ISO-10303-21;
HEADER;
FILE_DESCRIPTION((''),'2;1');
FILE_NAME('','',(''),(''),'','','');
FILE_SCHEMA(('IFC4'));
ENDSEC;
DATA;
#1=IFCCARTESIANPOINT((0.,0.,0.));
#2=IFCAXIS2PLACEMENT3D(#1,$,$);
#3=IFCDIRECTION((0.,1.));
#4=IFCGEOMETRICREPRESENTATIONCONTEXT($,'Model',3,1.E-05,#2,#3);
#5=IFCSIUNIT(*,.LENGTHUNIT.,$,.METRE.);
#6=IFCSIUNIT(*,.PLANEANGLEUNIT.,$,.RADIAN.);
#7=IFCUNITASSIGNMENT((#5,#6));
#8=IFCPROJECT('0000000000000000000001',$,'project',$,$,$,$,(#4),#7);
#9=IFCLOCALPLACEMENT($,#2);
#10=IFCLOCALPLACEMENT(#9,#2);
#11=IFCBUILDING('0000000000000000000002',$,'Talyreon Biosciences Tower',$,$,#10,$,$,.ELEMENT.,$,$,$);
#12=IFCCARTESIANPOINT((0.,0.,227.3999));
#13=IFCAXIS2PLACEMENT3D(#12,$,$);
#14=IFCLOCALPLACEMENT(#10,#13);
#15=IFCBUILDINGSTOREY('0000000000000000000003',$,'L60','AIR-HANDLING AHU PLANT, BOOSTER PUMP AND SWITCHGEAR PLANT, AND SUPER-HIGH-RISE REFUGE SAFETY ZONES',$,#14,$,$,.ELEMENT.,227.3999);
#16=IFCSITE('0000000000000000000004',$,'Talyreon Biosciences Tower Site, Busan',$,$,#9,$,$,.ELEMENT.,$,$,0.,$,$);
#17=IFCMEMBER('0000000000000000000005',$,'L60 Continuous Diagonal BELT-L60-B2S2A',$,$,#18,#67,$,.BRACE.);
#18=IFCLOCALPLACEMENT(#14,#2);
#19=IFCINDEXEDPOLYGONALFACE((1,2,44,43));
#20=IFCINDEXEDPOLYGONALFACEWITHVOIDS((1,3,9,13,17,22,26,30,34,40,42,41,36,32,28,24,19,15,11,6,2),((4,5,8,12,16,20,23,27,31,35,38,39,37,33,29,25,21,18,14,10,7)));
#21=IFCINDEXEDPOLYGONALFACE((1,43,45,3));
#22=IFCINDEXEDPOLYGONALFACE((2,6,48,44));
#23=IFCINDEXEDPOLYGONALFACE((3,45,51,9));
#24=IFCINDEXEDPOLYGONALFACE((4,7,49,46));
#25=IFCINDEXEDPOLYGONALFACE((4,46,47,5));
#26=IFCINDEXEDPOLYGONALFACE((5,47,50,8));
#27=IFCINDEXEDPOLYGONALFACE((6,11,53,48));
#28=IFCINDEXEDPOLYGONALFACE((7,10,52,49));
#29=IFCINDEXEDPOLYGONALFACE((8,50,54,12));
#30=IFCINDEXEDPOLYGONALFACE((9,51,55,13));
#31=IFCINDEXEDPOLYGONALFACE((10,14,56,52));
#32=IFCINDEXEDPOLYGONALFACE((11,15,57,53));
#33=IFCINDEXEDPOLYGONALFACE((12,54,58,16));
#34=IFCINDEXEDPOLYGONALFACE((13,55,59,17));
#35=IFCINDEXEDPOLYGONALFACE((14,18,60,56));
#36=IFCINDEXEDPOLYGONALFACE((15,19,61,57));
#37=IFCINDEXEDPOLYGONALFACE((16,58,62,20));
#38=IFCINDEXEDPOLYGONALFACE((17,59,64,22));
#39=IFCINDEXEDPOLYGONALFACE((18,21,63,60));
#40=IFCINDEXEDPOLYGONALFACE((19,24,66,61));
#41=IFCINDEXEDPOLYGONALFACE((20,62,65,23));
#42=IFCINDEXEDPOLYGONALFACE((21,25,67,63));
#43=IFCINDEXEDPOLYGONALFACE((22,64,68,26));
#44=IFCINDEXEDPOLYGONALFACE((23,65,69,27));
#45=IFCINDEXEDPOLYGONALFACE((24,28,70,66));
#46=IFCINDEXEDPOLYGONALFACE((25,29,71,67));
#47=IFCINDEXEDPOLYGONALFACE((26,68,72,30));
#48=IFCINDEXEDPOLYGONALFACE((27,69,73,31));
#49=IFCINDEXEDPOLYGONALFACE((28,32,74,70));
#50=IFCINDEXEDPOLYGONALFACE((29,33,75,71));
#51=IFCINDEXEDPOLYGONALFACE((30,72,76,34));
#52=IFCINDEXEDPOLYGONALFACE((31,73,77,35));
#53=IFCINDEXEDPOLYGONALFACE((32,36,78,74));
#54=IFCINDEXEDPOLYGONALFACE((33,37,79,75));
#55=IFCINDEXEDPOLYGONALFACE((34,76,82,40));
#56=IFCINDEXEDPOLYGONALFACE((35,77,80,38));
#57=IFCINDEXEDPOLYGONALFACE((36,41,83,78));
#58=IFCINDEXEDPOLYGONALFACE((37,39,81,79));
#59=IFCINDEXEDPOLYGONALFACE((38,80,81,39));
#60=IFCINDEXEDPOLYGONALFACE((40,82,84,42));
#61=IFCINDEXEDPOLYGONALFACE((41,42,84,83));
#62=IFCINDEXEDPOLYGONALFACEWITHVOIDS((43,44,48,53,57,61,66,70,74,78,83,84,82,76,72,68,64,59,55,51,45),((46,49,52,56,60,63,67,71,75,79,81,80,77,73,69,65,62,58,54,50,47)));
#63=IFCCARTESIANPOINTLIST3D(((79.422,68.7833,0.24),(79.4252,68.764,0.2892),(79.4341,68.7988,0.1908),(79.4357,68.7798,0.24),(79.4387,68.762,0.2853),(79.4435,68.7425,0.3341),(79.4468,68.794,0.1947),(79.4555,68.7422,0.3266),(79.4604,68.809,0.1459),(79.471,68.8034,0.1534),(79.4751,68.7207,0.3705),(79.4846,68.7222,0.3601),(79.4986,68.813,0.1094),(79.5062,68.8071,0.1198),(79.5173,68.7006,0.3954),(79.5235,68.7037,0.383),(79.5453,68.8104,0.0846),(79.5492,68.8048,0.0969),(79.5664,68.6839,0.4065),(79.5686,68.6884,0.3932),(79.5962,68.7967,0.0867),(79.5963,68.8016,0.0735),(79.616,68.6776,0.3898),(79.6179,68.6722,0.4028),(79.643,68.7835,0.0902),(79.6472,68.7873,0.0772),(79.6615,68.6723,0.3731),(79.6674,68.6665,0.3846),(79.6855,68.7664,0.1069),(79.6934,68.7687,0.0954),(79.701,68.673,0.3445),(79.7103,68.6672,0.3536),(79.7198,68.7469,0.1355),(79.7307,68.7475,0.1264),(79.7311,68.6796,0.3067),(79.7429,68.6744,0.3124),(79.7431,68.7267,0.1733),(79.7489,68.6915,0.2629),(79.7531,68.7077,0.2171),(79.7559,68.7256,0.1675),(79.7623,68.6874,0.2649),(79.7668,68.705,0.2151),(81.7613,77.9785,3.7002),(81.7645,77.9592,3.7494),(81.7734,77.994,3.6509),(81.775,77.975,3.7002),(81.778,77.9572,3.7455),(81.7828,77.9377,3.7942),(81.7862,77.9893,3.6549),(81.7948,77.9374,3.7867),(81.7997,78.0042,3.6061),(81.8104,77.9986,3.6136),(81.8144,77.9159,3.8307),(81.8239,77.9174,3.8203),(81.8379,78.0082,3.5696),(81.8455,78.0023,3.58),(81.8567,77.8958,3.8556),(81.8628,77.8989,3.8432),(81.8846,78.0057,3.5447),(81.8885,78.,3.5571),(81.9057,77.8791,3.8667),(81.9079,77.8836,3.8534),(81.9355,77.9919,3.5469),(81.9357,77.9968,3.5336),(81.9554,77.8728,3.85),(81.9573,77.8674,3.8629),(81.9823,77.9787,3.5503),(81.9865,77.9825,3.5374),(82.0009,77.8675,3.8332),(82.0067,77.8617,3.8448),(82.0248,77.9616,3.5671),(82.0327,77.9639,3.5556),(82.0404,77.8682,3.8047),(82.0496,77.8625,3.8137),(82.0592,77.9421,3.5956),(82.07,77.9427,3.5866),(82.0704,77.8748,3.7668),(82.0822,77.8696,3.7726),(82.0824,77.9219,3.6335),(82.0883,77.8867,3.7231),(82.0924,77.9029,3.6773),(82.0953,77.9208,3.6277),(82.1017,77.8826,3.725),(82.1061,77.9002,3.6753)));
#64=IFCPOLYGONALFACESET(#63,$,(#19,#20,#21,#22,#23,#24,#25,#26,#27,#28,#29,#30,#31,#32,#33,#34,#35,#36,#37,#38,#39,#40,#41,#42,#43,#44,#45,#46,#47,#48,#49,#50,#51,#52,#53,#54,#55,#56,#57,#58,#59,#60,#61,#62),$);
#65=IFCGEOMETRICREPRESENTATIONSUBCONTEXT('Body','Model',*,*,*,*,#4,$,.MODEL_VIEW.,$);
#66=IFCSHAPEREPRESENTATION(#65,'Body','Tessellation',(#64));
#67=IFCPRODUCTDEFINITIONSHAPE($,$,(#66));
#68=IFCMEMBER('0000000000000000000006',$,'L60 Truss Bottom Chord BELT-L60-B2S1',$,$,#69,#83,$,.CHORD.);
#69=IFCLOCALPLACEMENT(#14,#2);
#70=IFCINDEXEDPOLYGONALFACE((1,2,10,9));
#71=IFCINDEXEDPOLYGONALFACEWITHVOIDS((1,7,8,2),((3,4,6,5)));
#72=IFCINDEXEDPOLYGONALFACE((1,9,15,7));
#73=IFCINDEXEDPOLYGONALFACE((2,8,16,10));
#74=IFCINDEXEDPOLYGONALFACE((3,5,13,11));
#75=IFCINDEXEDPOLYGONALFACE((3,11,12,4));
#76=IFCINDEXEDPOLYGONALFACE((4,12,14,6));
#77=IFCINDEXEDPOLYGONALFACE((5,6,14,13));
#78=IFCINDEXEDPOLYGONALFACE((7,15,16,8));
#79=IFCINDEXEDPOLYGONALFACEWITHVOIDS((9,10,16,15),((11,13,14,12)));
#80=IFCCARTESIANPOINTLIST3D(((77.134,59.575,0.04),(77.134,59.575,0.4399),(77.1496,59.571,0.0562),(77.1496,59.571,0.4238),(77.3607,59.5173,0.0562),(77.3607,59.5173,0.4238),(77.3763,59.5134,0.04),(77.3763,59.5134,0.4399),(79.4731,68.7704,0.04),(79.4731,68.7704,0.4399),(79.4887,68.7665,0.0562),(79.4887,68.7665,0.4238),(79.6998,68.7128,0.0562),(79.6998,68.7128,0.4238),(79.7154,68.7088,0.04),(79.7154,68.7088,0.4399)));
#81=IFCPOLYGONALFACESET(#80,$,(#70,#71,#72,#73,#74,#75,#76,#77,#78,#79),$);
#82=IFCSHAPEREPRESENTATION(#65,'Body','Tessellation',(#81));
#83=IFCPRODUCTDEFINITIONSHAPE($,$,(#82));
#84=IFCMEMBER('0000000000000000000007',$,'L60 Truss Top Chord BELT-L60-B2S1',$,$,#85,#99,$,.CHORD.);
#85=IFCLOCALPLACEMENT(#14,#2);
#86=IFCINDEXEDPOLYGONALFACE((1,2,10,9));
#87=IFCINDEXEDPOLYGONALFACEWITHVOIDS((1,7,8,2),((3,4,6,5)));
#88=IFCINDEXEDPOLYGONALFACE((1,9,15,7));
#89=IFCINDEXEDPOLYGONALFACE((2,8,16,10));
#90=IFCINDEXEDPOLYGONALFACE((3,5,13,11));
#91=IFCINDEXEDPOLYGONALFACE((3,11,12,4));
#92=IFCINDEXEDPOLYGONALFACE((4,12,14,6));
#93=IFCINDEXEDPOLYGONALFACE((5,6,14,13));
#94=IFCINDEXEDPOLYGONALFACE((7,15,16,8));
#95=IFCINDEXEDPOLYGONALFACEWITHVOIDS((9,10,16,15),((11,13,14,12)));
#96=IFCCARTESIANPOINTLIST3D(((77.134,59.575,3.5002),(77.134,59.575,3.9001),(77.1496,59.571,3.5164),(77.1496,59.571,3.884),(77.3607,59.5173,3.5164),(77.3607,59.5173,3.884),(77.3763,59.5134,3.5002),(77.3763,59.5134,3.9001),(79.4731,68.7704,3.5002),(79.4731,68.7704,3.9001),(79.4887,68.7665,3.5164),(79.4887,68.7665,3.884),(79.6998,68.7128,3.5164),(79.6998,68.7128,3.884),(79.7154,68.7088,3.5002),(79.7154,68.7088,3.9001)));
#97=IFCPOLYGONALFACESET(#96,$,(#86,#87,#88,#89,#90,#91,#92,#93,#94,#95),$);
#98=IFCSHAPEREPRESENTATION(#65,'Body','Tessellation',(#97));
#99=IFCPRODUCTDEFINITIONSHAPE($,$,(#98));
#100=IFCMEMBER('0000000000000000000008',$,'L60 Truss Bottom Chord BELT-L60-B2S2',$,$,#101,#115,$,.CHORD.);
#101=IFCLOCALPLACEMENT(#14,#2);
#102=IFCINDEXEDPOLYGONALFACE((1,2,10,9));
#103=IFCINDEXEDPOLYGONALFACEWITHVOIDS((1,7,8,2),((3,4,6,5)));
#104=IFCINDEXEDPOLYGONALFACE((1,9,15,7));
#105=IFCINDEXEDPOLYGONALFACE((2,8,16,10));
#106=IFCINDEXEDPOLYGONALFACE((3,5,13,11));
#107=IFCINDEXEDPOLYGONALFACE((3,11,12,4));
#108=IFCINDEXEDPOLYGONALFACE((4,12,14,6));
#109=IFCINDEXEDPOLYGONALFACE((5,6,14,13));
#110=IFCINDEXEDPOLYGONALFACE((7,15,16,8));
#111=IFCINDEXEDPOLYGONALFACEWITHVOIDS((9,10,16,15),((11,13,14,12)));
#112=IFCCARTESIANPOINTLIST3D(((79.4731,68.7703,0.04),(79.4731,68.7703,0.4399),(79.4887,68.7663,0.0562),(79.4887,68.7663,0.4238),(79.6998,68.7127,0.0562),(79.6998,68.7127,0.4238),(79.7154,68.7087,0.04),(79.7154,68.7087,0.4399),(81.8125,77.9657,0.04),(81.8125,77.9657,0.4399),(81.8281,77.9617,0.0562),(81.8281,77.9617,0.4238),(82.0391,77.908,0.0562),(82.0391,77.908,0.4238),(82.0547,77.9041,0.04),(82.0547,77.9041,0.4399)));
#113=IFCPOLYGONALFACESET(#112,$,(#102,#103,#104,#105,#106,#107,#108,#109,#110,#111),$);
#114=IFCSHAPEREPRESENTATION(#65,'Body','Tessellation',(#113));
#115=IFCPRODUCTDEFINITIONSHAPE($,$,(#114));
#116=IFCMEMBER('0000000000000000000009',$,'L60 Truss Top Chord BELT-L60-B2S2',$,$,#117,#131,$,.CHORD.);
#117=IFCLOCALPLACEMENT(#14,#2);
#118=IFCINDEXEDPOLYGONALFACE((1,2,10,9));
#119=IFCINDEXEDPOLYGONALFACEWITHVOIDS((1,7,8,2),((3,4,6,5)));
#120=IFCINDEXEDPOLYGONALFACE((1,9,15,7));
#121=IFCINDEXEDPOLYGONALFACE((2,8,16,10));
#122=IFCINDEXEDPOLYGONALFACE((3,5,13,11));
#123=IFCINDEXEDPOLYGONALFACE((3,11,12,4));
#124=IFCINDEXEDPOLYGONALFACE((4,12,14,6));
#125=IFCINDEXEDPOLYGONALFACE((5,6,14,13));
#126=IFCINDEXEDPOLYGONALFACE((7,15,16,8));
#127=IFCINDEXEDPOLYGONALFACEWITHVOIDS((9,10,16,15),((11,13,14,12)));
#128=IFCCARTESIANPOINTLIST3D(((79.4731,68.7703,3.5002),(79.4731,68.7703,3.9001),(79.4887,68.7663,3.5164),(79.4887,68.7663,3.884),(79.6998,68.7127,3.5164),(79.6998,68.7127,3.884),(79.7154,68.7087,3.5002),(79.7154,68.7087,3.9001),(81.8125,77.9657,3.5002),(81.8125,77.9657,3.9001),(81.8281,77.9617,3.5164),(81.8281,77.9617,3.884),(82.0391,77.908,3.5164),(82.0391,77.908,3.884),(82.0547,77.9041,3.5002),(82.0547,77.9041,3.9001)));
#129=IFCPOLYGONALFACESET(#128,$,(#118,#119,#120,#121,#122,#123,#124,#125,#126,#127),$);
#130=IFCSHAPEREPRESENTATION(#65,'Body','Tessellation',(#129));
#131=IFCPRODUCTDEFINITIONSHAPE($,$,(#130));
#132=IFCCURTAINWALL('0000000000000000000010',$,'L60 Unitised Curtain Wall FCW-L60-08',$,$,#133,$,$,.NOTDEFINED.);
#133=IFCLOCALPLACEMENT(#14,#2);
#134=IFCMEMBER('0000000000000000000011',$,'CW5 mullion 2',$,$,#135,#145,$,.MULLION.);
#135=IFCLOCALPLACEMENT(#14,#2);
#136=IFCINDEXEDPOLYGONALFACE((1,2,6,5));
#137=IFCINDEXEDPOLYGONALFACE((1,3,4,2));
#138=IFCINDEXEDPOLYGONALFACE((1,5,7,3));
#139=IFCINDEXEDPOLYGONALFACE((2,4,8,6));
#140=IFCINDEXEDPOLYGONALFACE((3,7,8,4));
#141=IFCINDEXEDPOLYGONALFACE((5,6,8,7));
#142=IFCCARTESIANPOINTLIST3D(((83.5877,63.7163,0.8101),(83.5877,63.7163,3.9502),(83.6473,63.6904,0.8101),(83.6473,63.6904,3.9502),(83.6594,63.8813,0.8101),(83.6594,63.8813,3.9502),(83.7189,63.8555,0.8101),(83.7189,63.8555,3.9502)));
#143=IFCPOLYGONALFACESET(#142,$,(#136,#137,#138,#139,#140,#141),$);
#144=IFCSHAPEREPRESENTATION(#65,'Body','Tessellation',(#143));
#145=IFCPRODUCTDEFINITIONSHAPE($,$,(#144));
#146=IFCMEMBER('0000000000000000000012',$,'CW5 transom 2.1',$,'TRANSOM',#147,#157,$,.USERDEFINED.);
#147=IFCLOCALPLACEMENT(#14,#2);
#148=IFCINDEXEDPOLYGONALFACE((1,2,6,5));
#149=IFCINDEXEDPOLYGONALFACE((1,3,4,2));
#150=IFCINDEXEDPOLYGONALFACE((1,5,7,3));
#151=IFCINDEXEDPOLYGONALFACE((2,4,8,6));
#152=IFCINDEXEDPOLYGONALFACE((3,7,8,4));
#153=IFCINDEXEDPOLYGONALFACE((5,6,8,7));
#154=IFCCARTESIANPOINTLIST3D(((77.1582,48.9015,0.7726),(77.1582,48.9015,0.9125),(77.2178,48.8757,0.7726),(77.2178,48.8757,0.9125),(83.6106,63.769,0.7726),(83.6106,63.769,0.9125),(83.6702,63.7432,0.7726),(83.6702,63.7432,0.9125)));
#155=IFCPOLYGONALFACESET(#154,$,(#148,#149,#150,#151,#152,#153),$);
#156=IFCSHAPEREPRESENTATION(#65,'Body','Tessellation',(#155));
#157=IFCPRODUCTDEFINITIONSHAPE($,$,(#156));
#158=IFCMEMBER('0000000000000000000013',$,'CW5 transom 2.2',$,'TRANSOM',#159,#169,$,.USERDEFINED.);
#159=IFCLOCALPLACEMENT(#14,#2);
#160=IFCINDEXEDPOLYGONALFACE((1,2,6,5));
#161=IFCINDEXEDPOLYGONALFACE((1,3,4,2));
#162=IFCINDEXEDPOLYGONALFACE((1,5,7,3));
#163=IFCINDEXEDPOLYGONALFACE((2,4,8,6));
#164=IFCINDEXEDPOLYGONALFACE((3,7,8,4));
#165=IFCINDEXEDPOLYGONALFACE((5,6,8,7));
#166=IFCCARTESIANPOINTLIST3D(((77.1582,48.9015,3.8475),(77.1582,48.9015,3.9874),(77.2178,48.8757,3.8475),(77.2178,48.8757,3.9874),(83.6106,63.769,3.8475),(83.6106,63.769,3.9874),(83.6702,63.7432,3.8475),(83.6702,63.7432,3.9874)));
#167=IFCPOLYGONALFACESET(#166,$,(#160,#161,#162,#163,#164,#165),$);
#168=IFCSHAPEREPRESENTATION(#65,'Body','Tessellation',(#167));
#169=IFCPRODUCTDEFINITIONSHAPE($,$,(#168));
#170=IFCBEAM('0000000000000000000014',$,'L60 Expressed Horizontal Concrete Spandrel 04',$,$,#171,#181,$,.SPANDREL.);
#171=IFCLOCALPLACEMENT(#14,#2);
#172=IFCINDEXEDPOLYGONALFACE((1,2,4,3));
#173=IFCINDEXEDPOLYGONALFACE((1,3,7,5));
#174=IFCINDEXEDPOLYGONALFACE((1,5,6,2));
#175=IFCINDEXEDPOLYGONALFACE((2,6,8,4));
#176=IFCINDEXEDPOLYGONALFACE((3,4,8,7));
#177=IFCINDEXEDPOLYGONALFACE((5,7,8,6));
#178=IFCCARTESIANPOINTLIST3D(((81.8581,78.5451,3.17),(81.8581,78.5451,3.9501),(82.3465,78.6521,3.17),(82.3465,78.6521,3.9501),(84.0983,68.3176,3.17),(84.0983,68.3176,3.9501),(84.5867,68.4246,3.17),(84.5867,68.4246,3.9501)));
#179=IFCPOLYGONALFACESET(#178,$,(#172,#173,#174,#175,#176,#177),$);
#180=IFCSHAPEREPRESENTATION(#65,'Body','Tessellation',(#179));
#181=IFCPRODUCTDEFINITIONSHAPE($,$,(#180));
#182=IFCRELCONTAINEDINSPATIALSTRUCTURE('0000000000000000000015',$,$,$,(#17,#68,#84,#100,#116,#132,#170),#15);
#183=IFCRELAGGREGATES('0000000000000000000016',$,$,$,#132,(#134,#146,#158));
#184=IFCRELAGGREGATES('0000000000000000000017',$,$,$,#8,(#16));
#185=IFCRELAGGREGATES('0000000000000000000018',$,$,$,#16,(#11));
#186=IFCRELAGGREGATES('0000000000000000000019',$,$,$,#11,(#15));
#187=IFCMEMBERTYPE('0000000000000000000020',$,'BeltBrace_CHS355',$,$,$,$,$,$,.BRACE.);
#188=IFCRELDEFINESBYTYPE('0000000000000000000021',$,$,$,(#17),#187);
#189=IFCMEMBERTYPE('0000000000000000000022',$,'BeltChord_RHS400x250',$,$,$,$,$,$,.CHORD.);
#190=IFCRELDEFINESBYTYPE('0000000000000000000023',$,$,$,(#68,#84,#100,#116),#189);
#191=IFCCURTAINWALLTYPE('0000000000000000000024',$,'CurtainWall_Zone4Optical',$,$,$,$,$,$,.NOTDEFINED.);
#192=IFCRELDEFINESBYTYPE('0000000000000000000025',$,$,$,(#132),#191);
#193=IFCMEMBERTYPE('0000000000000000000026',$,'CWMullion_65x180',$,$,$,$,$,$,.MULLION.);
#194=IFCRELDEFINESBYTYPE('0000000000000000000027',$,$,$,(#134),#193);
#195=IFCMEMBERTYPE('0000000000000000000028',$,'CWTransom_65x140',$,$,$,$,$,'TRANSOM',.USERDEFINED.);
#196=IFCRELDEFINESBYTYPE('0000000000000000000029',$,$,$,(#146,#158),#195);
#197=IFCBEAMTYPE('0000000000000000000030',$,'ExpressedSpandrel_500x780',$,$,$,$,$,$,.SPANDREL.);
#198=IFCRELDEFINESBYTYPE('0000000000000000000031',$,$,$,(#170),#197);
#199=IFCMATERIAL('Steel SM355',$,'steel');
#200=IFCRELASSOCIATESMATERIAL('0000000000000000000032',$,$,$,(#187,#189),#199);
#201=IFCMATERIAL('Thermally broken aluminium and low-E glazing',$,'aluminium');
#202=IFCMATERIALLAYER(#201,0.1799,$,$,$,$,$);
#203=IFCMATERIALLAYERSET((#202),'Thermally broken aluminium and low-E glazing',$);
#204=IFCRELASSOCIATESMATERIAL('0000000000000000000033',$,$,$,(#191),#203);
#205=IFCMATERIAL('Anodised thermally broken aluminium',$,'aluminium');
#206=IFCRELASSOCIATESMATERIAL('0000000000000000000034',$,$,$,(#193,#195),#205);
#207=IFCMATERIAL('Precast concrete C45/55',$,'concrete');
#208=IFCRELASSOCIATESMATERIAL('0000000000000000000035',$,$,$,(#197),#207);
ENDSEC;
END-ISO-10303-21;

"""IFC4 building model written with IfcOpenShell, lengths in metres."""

from ifc_helpers import new_model, si_unit, direction, frame, origin, origin_2d, place, context, subcontext, project, spatial, rectangle, hollow_rectangle, hollow_circle, extrude, material, layer, layer_set, material_profile, profile_set, type_object, element, aggregate, save


model = new_model("IFC4")

# Units and contexts
model_context = context("Model", 3, precision=1e-05, world=origin(), true_north=direction((0.0, 1.0)))
body_context = subcontext(model_context, "Body", "Model", "MODEL_VIEW")
ifc_project = project(units=[si_unit("LENGTHUNIT", "METRE"), si_unit("PLANEANGLEUNIT", "RADIAN")], contexts=[model_context])

# Site, building, storey
site_placement = place(None, origin())
site = spatial("IfcSite", under=ifc_project, at=site_placement, Name="Talyreon Biosciences Tower Site, Busan", CompositionType="ELEMENT", RefElevation=0.0)
building_placement = place(site_placement, origin())
building = spatial("IfcBuilding", under=site, at=building_placement, Name="Talyreon Biosciences Tower", CompositionType="ELEMENT")
storey_placement = place(building_placement, frame((0.0, 0.0, 227.3999)))
storey = spatial("IfcBuildingStorey", under=building, at=storey_placement, Name="L60", Description="AIR-HANDLING AHU PLANT, BOOSTER PUMP AND SWITCHGEAR PLANT, AND SUPER-HIGH-RISE REFUGE SAFETY ZONES", CompositionType="ELEMENT", Elevation=227.3999)

# Members
ifc_material_1 = material(Name="Steel SM355", Category="steel")
ifc_material_profile_1 = material_profile(ifc_material_1, hollow_circle(Radius=0.1777, WallThickness=0.0142, at=origin_2d()), Name="CHS 355.6x14.2")
ifc_profile_set_1 = profile_set([ifc_material_profile_1], Name="Steel SM355")
member_type_1 = type_object("IfcMemberType", Name="BeltBrace_CHS355", PredefinedType="BRACE", material=ifc_profile_set_1)
member_1_placement = place(storey_placement, frame((79.5942, 68.7395, 0.24), z_axis=(0.231631, 0.910474, 0.342612), x_axis=(-0.969129, 0.246554, 0.0)))
element("IfcMember", 1, at=member_1_placement, inside=storey, type_object=member_type_1, Name="L60 Continuous Diagonal BELT-L60-B2S2A", PredefinedType="BRACE", context=body_context, shape_type="SweptSolid", body=[
    extrude(hollow_circle(Radius=0.1777, WallThickness=0.0142, at=origin_2d()), origin(), (0.0, 0.0, 1.0), 10.0994),
])
ifc_material_profile_2 = material_profile(ifc_material_1, hollow_rectangle(XDim=0.25, YDim=0.3999, WallThickness=0.0161, at=origin_2d()), Name="RHS 400x250x16")
ifc_profile_set_2 = profile_set([ifc_material_profile_2], Name="Steel SM355")
member_type_2 = type_object("IfcMemberType", Name="BeltChord_RHS400x250", PredefinedType="CHORD", material=ifc_profile_set_2)
for number, where, z_axis, x_axis, name in (
    (2, (77.2551, 59.5442, 0.24), (0.246529, 0.969135, 0.0), (-0.969135, 0.246529, 0.0), "L60 Truss Bottom Chord BELT-L60-B2S1"),
    (3, (77.2551, 59.5442, 3.7002), (0.246529, 0.969135, 0.0), (-0.969135, 0.246529, 0.0), "L60 Truss Top Chord BELT-L60-B2S1"),
    (4, (79.5942, 68.7395, 0.24), (0.246554, 0.969129, 0.0), (-0.969129, 0.246554, 0.0), "L60 Truss Bottom Chord BELT-L60-B2S2"),
    (5, (79.5942, 68.7395, 3.7002), (0.246554, 0.969129, 0.0), (-0.969129, 0.246554, 0.0), "L60 Truss Top Chord BELT-L60-B2S2"),
):
    element("IfcMember", number, at=place(storey_placement, frame(where, z_axis=z_axis, x_axis=x_axis)), inside=storey, type_object=member_type_2, Name=name, PredefinedType="CHORD", context=body_context, shape_type="SweptSolid", body=[
        extrude(hollow_rectangle(XDim=0.25, YDim=0.3999, WallThickness=0.0161, at=origin_2d()), origin(), (0.0, 0.0, 1.0), 9.4883),
    ])

# Curtain wall, members
ifc_material_2 = material(Name="Thermally broken aluminium and low-E glazing", Category="aluminium")
ifc_layer_1 = layer(ifc_material_2, 0.1799)
ifc_layer_set_1 = layer_set([ifc_layer_1], Name="Thermally broken aluminium and low-E glazing")
curtain_wall_type = type_object("IfcCurtainWallType", Name="CurtainWall_Zone4Optical", PredefinedType="NOTDEFINED", material=ifc_layer_set_1)
curtain_wall_placement = place(storey_placement, origin())
curtain_wall = element("IfcCurtainWall", 6, at=curtain_wall_placement, inside=storey, type_object=curtain_wall_type, Name="L60 Unitised Curtain Wall FCW-L60-08", PredefinedType="NOTDEFINED")
ifc_material_3 = material(Name="Anodised thermally broken aluminium", Category="aluminium")
ifc_material_profile_3 = material_profile(ifc_material_3, rectangle(XDim=0.0649, YDim=0.1799, at=origin_2d()), Name="ALUM MULLION 65x180")
ifc_profile_set_3 = profile_set([ifc_material_profile_3], Name="Anodised thermally broken aluminium")
member_type_3 = type_object("IfcMemberType", Name="CWMullion_65x180", PredefinedType="MULLION", material=ifc_profile_set_3)
member_2_placement = place(storey_placement, frame((83.6533, 63.7859, 0.8101), z_axis=(0.0, 0.0, 1.0), x_axis=(0.917337, -0.398112, 0.0)))
member_2 = element("IfcMember", 7, at=member_2_placement, type_object=member_type_3, Name="CW5 mullion 2", PredefinedType="MULLION", context=body_context, shape_type="SweptSolid", body=[
    extrude(rectangle(XDim=0.0649, YDim=0.1799, at=origin_2d()), origin(), (0.0, 0.0, 1.0), 3.1401),
])
ifc_material_profile_4 = material_profile(ifc_material_3, rectangle(XDim=0.0649, YDim=0.1399, at=origin_2d()), Name="ALUM TRANSOM 65x140")
ifc_profile_set_4 = profile_set([ifc_material_profile_4], Name="Anodised thermally broken aluminium")
member_type_4 = type_object("IfcMemberType", Name="CWTransom_65x140", ElementType="TRANSOM", PredefinedType="USERDEFINED", material=ifc_profile_set_4)
member_3_placement = place(storey_placement, frame((83.6404, 63.7561, 0.8425), z_axis=(-0.398118, -0.917334, 0.0), x_axis=(0.917334, -0.398118, 0.0)))
member_3 = element("IfcMember", 8, at=member_3_placement, type_object=member_type_4, Name="CW5 transom 2.1", ObjectType="TRANSOM", PredefinedType="USERDEFINED", context=body_context, shape_type="SweptSolid", body=[
    extrude(rectangle(XDim=0.0649, YDim=0.1399, at=origin_2d()), origin(), (0.0, 0.0, 1.0), 16.2073),
])
member_4_placement = place(storey_placement, frame((83.6404, 63.7561, 3.9175), z_axis=(-0.398118, -0.917334, 0.0), x_axis=(0.917334, -0.398118, 0.0)))
member_4 = element("IfcMember", 9, at=member_4_placement, type_object=member_type_4, Name="CW5 transom 2.2", ObjectType="TRANSOM", PredefinedType="USERDEFINED", context=body_context, shape_type="SweptSolid", body=[
    extrude(rectangle(XDim=0.0649, YDim=0.1399, at=origin_2d()), origin(), (0.0, 0.0, 1.0), 16.2073),
])
aggregate(curtain_wall, [member_2, member_3, member_4])

# Beam
ifc_material_4 = material(Name="Precast concrete C45/55", Category="concrete")
ifc_material_profile_5 = material_profile(ifc_material_4, rectangle(XDim=0.5, YDim=0.78, at=origin_2d()), Name="RCB 500x780")
ifc_profile_set_5 = profile_set([ifc_material_profile_5], Name="Precast concrete C45/55")
beam_type = type_object("IfcBeamType", Name="ExpressedSpandrel_500x780", PredefinedType="SPANDREL", material=ifc_profile_set_5)
beam_placement = place(storey_placement, frame((84.3425, 68.3711, 3.5601), z_axis=(-0.213967, 0.976841, 0.0), x_axis=(-0.976841, -0.213967, 0.0)))
element("IfcBeam", 10, at=beam_placement, inside=storey, type_object=beam_type, Name="L60 Expressed Horizontal Concrete Spandrel 04", PredefinedType="SPANDREL", context=body_context, shape_type="SweptSolid", body=[
    extrude(rectangle(XDim=0.5, YDim=0.78, at=origin_2d()), origin(), (0.0, 0.0, 1.0), 10.47),
])

save(model, "model.ifc")
